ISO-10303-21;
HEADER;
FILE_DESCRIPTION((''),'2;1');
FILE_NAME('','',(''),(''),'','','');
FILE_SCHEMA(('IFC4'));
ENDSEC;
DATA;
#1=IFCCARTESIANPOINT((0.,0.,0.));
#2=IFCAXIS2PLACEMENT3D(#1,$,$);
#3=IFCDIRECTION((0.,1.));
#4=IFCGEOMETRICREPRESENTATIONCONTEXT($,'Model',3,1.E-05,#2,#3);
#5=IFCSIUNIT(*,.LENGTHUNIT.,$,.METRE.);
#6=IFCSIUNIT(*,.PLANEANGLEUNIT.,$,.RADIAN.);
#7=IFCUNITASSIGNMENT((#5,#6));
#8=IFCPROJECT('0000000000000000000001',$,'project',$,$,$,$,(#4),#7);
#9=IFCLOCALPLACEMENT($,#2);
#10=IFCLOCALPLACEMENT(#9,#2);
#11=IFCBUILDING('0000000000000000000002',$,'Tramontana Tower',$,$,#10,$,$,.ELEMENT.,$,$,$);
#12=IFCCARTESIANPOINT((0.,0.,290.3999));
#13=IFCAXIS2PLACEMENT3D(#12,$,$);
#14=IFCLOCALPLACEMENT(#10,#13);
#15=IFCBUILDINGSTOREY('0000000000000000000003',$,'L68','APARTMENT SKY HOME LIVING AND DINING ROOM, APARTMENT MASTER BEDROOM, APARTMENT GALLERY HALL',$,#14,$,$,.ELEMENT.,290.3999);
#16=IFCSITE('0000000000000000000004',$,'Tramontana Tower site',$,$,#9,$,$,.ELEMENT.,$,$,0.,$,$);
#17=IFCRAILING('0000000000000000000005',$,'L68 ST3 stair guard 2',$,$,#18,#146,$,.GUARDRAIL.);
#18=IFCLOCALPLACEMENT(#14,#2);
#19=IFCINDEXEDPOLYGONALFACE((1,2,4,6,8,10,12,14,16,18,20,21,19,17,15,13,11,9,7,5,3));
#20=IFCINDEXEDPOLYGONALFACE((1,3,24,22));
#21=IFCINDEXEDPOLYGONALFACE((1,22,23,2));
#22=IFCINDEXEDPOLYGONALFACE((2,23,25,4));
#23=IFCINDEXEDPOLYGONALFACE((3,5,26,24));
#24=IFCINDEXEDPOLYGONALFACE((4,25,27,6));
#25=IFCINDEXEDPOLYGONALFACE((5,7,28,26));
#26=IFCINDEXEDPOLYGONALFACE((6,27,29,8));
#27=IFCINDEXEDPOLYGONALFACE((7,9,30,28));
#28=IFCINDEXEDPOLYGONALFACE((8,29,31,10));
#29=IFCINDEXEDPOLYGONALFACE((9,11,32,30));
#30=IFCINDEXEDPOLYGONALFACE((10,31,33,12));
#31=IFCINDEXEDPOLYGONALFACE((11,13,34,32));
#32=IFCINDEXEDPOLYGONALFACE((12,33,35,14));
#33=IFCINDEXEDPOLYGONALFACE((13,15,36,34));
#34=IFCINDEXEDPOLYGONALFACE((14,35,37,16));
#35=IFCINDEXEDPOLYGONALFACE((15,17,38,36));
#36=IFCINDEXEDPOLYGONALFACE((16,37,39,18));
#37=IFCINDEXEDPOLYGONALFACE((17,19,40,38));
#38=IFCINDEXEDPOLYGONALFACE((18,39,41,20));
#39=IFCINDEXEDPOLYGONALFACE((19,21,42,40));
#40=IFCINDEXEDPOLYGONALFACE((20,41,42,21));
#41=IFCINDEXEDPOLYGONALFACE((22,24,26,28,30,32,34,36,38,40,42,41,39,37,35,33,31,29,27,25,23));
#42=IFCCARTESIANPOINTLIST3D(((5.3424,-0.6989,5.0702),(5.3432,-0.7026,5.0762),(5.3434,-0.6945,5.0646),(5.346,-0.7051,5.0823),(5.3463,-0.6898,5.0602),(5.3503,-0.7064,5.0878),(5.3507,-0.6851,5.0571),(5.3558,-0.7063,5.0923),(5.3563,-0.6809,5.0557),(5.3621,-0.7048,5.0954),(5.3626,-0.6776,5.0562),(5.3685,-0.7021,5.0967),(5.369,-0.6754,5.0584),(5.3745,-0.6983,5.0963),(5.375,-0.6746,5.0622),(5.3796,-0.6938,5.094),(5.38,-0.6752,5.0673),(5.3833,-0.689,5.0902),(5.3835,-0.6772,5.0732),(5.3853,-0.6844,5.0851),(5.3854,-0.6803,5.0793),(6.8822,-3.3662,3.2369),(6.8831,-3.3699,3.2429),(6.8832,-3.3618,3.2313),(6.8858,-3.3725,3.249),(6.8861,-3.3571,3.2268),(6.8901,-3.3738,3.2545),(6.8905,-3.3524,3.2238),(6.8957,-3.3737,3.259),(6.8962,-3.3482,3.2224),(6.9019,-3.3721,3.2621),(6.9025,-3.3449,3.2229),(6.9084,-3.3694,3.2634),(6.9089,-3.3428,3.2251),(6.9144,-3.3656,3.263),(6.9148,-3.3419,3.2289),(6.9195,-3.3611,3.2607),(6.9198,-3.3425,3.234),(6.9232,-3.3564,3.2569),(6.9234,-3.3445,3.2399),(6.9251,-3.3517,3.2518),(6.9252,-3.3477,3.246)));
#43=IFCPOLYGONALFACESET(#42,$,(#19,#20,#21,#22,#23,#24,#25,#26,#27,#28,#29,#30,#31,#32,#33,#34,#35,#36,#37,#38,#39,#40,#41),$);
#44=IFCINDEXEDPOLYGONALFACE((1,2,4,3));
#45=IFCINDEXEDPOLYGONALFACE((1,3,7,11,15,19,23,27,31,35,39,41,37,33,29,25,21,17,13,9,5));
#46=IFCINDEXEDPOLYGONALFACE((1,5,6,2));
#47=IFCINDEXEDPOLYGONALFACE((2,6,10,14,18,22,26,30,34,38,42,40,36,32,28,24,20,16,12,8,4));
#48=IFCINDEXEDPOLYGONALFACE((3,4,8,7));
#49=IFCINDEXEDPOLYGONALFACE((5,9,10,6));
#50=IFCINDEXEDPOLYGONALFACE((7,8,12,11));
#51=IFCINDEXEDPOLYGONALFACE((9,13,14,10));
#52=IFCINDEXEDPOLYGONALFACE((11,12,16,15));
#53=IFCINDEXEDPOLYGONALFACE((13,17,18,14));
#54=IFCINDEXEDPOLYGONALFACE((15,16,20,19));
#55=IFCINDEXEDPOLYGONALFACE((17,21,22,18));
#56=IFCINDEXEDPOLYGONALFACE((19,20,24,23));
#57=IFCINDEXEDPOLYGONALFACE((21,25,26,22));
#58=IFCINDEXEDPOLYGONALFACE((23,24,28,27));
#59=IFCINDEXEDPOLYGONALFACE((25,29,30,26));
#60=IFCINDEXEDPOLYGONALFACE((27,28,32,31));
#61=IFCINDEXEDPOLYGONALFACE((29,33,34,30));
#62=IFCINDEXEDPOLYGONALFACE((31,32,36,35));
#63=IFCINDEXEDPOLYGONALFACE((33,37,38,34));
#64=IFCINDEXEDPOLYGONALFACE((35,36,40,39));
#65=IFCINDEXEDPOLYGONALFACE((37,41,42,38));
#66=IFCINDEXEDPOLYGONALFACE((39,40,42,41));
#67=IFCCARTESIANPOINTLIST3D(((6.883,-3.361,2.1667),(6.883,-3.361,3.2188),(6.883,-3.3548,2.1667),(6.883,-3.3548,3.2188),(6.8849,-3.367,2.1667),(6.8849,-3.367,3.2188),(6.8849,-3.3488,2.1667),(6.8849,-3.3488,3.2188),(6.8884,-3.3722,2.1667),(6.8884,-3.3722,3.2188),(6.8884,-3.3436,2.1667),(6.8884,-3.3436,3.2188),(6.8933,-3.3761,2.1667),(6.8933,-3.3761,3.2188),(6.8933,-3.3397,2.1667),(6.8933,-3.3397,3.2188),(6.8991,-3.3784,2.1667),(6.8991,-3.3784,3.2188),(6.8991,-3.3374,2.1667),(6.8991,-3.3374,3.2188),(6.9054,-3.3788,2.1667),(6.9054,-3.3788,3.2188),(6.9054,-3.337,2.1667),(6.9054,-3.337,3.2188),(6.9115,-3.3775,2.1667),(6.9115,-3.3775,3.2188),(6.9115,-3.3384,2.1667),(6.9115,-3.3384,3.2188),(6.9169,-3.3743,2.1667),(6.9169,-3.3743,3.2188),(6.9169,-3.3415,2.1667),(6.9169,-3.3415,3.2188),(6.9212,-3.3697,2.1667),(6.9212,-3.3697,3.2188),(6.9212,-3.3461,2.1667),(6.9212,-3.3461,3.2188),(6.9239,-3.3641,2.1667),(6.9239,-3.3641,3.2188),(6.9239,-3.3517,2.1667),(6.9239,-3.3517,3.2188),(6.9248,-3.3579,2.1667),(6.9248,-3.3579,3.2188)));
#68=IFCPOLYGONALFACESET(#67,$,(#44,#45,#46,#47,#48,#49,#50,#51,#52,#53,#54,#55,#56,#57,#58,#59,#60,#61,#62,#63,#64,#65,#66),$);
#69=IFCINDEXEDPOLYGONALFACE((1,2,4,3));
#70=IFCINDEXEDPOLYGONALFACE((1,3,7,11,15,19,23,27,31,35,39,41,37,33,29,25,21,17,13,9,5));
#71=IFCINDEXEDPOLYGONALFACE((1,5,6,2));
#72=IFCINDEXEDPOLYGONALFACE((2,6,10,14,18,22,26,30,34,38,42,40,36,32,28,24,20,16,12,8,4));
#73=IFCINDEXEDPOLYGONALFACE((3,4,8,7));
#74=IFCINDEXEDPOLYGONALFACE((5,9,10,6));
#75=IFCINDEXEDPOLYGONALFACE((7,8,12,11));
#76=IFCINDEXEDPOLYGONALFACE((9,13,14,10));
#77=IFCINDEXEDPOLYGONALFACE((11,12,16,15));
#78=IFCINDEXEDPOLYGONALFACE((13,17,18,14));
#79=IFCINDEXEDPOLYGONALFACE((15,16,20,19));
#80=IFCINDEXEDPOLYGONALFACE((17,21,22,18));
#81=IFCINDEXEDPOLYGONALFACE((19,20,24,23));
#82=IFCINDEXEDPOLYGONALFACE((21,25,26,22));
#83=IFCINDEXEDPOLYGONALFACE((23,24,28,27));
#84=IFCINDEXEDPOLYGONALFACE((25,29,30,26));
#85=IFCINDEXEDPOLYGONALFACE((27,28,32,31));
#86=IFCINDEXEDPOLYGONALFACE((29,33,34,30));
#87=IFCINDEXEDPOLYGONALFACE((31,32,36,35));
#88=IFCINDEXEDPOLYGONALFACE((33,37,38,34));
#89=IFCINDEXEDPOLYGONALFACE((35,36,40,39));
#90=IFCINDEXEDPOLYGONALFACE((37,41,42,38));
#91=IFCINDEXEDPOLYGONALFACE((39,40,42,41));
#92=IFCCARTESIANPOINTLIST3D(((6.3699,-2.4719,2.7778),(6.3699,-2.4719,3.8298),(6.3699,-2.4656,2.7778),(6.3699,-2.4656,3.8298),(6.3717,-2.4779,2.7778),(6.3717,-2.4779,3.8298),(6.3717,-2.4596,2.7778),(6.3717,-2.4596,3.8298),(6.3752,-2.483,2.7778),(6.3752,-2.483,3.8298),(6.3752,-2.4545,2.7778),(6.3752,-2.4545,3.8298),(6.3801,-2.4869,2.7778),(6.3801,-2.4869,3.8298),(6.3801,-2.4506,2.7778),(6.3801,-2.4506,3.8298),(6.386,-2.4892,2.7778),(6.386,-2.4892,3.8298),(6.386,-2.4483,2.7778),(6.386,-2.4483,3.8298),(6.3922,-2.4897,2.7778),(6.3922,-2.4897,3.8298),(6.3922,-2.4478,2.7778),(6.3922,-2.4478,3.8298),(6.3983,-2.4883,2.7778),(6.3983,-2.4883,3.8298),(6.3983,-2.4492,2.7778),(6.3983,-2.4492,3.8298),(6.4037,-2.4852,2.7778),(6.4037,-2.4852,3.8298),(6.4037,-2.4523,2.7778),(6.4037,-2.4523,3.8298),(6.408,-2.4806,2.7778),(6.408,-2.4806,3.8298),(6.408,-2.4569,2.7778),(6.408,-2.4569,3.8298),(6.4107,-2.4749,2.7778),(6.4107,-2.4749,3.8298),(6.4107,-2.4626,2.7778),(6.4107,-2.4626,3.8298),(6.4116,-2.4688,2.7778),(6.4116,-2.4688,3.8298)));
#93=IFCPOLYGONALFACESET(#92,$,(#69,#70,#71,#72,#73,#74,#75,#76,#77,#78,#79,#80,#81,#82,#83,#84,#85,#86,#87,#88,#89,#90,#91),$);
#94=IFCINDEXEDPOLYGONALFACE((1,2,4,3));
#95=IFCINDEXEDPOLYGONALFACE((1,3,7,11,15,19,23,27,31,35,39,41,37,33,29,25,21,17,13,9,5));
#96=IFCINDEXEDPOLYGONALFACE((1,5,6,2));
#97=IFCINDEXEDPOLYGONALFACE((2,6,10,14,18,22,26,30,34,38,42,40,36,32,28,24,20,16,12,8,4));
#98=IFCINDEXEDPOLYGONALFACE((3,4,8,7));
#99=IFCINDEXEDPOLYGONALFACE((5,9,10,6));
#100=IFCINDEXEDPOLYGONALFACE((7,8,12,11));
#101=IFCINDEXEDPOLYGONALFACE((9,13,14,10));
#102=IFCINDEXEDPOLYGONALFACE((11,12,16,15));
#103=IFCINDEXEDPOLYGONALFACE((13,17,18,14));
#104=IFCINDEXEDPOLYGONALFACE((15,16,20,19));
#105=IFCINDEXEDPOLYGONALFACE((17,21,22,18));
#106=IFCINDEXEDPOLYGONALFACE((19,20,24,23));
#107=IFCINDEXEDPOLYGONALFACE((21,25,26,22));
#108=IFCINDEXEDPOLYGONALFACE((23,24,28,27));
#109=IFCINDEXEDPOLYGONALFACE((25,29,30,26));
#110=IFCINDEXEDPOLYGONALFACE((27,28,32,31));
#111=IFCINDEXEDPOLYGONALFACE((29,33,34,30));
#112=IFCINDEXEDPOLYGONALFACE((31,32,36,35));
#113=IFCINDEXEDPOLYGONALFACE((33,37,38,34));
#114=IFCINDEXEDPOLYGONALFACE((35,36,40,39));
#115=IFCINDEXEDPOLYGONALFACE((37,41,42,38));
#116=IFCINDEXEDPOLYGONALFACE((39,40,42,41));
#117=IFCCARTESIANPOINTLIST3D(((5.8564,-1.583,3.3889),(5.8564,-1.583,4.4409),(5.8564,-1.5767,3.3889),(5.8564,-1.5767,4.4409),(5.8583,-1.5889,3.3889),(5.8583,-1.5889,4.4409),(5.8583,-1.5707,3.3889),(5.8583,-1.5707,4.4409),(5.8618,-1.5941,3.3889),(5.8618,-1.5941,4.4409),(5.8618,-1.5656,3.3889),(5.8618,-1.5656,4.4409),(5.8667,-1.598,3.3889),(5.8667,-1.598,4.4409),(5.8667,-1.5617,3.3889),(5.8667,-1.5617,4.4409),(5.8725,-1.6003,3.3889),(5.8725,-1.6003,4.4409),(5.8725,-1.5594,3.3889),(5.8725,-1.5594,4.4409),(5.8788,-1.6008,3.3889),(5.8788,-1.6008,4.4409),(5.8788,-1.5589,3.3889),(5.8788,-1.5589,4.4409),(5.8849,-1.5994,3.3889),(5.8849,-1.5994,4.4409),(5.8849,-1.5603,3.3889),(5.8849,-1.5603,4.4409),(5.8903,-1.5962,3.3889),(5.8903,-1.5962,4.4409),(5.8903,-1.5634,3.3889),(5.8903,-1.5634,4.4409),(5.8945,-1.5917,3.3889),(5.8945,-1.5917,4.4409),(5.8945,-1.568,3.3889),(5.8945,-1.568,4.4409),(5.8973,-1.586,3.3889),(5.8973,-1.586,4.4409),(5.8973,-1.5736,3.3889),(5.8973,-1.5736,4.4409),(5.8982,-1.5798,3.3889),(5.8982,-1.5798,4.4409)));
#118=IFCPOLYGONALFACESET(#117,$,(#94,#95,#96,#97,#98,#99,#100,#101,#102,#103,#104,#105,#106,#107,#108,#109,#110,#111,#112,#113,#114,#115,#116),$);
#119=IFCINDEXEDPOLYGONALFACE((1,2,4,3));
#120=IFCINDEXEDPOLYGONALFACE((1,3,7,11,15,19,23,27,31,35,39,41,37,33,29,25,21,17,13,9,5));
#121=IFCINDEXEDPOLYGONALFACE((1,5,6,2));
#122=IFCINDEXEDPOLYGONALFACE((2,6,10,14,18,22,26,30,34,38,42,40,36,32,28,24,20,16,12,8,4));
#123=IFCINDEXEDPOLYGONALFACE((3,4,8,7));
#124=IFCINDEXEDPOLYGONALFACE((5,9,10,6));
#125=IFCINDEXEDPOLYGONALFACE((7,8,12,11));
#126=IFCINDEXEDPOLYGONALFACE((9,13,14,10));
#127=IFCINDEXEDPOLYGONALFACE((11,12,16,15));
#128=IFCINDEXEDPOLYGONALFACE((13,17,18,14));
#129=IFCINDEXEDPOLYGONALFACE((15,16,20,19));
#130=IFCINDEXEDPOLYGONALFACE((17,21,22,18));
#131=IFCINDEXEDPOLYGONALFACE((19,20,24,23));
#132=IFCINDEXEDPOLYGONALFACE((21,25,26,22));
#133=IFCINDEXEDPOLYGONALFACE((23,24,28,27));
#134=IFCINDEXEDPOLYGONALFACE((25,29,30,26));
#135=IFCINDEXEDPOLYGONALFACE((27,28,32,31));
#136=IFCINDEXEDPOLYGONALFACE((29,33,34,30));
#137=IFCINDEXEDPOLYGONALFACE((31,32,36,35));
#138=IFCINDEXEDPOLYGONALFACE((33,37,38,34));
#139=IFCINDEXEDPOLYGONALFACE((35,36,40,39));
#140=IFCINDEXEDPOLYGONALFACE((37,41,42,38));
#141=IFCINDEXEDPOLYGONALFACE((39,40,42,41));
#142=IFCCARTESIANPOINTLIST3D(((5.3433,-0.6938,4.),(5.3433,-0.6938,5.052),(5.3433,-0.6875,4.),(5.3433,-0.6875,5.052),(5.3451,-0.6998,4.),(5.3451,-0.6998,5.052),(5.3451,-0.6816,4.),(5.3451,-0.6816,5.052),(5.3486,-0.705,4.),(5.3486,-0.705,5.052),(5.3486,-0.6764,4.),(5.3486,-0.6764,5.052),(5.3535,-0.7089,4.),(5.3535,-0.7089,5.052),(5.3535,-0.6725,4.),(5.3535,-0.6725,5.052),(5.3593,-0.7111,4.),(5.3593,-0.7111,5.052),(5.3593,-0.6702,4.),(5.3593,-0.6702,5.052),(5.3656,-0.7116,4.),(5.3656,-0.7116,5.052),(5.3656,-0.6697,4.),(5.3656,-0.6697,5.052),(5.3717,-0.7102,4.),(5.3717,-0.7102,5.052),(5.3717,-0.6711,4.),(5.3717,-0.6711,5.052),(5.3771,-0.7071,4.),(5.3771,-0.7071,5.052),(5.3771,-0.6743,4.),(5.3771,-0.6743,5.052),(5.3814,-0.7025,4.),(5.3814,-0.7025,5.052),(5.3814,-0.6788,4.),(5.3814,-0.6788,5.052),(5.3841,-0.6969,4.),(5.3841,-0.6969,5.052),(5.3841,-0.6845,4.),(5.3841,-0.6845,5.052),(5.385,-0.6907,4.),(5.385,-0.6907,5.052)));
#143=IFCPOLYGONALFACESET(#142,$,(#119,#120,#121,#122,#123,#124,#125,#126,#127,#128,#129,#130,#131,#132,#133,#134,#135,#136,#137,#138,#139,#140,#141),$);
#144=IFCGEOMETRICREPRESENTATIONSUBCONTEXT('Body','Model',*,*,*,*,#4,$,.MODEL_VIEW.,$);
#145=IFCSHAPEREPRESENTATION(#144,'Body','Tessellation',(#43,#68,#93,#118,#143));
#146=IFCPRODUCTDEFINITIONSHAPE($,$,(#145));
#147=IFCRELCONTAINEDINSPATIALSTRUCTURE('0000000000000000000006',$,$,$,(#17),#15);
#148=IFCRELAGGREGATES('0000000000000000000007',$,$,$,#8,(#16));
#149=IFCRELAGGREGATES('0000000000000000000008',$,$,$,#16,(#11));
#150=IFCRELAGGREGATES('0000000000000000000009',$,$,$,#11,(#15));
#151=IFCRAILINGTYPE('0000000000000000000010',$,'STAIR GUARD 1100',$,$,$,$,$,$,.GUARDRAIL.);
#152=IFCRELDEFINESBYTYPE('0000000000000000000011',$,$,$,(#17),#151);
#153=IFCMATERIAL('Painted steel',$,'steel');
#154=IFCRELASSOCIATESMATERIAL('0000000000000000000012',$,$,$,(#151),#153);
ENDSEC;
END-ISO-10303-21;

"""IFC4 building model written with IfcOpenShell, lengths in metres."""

from ifc_helpers import new_model, si_unit, direction, frame, origin, origin_2d, place, context, subcontext, project, spatial, circle, extrude, material, type_object, element, save


model = new_model("IFC4")

# Units and contexts
model_context = context("Model", 3, precision=1e-05, world=origin(), true_north=direction((0.0, 1.0)))
body_context = subcontext(model_context, "Body", "Model", "MODEL_VIEW")
ifc_project = project(units=[si_unit("LENGTHUNIT", "METRE"), si_unit("PLANEANGLEUNIT", "RADIAN")], contexts=[model_context])

# Site, building, storey
site_placement = place(None, origin())
site = spatial("IfcSite", under=ifc_project, at=site_placement, Name="Tramontana Tower site", CompositionType="ELEMENT", RefElevation=0.0)
building_placement = place(site_placement, origin())
building = spatial("IfcBuilding", under=site, at=building_placement, Name="Tramontana Tower", CompositionType="ELEMENT")
storey_placement = place(building_placement, frame((0.0, 0.0, 290.3999)))
storey = spatial("IfcBuildingStorey", under=building, at=storey_placement, Name="L68", Description="APARTMENT SKY HOME LIVING AND DINING ROOM, APARTMENT MASTER BEDROOM, APARTMENT GALLERY HALL", CompositionType="ELEMENT", Elevation=290.3999)

# Railing
ifc_material_1 = material(Name="Painted steel", Category="steel")
railing_type_1 = type_object("IfcRailingType", Name="STAIR GUARD 1100", PredefinedType="GUARDRAIL", material=ifc_material_1)
railing_1_placement = place(storey_placement, frame((6.9038, -3.3579, 2.1667)))
element("IfcRailing", 1, at=railing_1_placement, inside=storey, type_object=railing_type_1, Name="L68 ST3 stair guard 2", PredefinedType="GUARDRAIL", context=body_context, shape_type="SweptSolid", body=[
    extrude(circle(Radius=0.0239, at=origin_2d()), frame((0.0, 0.0, 1.0762), z_axis=(-0.429616, 0.744181, 0.511493), x_axis=(-0.866044, -0.499967, 0.0)), (0.0, 0.0, 1.0), 3.5842),
    extrude(circle(Radius=0.021, at=origin_2d()), origin(), (0.0, 0.0, 1.0), 1.052),
    extrude(circle(Radius=0.021, at=origin_2d()), frame((-0.5132, 0.8892, 0.6111)), (0.0, 0.0, 1.0), 1.052),
    extrude(circle(Radius=0.021, at=origin_2d()), frame((-1.0266, 1.7781, 1.2222)), (0.0, 0.0, 1.0), 1.052),
    extrude(circle(Radius=0.021, at=origin_2d()), frame((-1.5398, 2.6672, 1.8333)), (0.0, 0.0, 1.0), 1.052),
])

save(model, "model.ifc")
